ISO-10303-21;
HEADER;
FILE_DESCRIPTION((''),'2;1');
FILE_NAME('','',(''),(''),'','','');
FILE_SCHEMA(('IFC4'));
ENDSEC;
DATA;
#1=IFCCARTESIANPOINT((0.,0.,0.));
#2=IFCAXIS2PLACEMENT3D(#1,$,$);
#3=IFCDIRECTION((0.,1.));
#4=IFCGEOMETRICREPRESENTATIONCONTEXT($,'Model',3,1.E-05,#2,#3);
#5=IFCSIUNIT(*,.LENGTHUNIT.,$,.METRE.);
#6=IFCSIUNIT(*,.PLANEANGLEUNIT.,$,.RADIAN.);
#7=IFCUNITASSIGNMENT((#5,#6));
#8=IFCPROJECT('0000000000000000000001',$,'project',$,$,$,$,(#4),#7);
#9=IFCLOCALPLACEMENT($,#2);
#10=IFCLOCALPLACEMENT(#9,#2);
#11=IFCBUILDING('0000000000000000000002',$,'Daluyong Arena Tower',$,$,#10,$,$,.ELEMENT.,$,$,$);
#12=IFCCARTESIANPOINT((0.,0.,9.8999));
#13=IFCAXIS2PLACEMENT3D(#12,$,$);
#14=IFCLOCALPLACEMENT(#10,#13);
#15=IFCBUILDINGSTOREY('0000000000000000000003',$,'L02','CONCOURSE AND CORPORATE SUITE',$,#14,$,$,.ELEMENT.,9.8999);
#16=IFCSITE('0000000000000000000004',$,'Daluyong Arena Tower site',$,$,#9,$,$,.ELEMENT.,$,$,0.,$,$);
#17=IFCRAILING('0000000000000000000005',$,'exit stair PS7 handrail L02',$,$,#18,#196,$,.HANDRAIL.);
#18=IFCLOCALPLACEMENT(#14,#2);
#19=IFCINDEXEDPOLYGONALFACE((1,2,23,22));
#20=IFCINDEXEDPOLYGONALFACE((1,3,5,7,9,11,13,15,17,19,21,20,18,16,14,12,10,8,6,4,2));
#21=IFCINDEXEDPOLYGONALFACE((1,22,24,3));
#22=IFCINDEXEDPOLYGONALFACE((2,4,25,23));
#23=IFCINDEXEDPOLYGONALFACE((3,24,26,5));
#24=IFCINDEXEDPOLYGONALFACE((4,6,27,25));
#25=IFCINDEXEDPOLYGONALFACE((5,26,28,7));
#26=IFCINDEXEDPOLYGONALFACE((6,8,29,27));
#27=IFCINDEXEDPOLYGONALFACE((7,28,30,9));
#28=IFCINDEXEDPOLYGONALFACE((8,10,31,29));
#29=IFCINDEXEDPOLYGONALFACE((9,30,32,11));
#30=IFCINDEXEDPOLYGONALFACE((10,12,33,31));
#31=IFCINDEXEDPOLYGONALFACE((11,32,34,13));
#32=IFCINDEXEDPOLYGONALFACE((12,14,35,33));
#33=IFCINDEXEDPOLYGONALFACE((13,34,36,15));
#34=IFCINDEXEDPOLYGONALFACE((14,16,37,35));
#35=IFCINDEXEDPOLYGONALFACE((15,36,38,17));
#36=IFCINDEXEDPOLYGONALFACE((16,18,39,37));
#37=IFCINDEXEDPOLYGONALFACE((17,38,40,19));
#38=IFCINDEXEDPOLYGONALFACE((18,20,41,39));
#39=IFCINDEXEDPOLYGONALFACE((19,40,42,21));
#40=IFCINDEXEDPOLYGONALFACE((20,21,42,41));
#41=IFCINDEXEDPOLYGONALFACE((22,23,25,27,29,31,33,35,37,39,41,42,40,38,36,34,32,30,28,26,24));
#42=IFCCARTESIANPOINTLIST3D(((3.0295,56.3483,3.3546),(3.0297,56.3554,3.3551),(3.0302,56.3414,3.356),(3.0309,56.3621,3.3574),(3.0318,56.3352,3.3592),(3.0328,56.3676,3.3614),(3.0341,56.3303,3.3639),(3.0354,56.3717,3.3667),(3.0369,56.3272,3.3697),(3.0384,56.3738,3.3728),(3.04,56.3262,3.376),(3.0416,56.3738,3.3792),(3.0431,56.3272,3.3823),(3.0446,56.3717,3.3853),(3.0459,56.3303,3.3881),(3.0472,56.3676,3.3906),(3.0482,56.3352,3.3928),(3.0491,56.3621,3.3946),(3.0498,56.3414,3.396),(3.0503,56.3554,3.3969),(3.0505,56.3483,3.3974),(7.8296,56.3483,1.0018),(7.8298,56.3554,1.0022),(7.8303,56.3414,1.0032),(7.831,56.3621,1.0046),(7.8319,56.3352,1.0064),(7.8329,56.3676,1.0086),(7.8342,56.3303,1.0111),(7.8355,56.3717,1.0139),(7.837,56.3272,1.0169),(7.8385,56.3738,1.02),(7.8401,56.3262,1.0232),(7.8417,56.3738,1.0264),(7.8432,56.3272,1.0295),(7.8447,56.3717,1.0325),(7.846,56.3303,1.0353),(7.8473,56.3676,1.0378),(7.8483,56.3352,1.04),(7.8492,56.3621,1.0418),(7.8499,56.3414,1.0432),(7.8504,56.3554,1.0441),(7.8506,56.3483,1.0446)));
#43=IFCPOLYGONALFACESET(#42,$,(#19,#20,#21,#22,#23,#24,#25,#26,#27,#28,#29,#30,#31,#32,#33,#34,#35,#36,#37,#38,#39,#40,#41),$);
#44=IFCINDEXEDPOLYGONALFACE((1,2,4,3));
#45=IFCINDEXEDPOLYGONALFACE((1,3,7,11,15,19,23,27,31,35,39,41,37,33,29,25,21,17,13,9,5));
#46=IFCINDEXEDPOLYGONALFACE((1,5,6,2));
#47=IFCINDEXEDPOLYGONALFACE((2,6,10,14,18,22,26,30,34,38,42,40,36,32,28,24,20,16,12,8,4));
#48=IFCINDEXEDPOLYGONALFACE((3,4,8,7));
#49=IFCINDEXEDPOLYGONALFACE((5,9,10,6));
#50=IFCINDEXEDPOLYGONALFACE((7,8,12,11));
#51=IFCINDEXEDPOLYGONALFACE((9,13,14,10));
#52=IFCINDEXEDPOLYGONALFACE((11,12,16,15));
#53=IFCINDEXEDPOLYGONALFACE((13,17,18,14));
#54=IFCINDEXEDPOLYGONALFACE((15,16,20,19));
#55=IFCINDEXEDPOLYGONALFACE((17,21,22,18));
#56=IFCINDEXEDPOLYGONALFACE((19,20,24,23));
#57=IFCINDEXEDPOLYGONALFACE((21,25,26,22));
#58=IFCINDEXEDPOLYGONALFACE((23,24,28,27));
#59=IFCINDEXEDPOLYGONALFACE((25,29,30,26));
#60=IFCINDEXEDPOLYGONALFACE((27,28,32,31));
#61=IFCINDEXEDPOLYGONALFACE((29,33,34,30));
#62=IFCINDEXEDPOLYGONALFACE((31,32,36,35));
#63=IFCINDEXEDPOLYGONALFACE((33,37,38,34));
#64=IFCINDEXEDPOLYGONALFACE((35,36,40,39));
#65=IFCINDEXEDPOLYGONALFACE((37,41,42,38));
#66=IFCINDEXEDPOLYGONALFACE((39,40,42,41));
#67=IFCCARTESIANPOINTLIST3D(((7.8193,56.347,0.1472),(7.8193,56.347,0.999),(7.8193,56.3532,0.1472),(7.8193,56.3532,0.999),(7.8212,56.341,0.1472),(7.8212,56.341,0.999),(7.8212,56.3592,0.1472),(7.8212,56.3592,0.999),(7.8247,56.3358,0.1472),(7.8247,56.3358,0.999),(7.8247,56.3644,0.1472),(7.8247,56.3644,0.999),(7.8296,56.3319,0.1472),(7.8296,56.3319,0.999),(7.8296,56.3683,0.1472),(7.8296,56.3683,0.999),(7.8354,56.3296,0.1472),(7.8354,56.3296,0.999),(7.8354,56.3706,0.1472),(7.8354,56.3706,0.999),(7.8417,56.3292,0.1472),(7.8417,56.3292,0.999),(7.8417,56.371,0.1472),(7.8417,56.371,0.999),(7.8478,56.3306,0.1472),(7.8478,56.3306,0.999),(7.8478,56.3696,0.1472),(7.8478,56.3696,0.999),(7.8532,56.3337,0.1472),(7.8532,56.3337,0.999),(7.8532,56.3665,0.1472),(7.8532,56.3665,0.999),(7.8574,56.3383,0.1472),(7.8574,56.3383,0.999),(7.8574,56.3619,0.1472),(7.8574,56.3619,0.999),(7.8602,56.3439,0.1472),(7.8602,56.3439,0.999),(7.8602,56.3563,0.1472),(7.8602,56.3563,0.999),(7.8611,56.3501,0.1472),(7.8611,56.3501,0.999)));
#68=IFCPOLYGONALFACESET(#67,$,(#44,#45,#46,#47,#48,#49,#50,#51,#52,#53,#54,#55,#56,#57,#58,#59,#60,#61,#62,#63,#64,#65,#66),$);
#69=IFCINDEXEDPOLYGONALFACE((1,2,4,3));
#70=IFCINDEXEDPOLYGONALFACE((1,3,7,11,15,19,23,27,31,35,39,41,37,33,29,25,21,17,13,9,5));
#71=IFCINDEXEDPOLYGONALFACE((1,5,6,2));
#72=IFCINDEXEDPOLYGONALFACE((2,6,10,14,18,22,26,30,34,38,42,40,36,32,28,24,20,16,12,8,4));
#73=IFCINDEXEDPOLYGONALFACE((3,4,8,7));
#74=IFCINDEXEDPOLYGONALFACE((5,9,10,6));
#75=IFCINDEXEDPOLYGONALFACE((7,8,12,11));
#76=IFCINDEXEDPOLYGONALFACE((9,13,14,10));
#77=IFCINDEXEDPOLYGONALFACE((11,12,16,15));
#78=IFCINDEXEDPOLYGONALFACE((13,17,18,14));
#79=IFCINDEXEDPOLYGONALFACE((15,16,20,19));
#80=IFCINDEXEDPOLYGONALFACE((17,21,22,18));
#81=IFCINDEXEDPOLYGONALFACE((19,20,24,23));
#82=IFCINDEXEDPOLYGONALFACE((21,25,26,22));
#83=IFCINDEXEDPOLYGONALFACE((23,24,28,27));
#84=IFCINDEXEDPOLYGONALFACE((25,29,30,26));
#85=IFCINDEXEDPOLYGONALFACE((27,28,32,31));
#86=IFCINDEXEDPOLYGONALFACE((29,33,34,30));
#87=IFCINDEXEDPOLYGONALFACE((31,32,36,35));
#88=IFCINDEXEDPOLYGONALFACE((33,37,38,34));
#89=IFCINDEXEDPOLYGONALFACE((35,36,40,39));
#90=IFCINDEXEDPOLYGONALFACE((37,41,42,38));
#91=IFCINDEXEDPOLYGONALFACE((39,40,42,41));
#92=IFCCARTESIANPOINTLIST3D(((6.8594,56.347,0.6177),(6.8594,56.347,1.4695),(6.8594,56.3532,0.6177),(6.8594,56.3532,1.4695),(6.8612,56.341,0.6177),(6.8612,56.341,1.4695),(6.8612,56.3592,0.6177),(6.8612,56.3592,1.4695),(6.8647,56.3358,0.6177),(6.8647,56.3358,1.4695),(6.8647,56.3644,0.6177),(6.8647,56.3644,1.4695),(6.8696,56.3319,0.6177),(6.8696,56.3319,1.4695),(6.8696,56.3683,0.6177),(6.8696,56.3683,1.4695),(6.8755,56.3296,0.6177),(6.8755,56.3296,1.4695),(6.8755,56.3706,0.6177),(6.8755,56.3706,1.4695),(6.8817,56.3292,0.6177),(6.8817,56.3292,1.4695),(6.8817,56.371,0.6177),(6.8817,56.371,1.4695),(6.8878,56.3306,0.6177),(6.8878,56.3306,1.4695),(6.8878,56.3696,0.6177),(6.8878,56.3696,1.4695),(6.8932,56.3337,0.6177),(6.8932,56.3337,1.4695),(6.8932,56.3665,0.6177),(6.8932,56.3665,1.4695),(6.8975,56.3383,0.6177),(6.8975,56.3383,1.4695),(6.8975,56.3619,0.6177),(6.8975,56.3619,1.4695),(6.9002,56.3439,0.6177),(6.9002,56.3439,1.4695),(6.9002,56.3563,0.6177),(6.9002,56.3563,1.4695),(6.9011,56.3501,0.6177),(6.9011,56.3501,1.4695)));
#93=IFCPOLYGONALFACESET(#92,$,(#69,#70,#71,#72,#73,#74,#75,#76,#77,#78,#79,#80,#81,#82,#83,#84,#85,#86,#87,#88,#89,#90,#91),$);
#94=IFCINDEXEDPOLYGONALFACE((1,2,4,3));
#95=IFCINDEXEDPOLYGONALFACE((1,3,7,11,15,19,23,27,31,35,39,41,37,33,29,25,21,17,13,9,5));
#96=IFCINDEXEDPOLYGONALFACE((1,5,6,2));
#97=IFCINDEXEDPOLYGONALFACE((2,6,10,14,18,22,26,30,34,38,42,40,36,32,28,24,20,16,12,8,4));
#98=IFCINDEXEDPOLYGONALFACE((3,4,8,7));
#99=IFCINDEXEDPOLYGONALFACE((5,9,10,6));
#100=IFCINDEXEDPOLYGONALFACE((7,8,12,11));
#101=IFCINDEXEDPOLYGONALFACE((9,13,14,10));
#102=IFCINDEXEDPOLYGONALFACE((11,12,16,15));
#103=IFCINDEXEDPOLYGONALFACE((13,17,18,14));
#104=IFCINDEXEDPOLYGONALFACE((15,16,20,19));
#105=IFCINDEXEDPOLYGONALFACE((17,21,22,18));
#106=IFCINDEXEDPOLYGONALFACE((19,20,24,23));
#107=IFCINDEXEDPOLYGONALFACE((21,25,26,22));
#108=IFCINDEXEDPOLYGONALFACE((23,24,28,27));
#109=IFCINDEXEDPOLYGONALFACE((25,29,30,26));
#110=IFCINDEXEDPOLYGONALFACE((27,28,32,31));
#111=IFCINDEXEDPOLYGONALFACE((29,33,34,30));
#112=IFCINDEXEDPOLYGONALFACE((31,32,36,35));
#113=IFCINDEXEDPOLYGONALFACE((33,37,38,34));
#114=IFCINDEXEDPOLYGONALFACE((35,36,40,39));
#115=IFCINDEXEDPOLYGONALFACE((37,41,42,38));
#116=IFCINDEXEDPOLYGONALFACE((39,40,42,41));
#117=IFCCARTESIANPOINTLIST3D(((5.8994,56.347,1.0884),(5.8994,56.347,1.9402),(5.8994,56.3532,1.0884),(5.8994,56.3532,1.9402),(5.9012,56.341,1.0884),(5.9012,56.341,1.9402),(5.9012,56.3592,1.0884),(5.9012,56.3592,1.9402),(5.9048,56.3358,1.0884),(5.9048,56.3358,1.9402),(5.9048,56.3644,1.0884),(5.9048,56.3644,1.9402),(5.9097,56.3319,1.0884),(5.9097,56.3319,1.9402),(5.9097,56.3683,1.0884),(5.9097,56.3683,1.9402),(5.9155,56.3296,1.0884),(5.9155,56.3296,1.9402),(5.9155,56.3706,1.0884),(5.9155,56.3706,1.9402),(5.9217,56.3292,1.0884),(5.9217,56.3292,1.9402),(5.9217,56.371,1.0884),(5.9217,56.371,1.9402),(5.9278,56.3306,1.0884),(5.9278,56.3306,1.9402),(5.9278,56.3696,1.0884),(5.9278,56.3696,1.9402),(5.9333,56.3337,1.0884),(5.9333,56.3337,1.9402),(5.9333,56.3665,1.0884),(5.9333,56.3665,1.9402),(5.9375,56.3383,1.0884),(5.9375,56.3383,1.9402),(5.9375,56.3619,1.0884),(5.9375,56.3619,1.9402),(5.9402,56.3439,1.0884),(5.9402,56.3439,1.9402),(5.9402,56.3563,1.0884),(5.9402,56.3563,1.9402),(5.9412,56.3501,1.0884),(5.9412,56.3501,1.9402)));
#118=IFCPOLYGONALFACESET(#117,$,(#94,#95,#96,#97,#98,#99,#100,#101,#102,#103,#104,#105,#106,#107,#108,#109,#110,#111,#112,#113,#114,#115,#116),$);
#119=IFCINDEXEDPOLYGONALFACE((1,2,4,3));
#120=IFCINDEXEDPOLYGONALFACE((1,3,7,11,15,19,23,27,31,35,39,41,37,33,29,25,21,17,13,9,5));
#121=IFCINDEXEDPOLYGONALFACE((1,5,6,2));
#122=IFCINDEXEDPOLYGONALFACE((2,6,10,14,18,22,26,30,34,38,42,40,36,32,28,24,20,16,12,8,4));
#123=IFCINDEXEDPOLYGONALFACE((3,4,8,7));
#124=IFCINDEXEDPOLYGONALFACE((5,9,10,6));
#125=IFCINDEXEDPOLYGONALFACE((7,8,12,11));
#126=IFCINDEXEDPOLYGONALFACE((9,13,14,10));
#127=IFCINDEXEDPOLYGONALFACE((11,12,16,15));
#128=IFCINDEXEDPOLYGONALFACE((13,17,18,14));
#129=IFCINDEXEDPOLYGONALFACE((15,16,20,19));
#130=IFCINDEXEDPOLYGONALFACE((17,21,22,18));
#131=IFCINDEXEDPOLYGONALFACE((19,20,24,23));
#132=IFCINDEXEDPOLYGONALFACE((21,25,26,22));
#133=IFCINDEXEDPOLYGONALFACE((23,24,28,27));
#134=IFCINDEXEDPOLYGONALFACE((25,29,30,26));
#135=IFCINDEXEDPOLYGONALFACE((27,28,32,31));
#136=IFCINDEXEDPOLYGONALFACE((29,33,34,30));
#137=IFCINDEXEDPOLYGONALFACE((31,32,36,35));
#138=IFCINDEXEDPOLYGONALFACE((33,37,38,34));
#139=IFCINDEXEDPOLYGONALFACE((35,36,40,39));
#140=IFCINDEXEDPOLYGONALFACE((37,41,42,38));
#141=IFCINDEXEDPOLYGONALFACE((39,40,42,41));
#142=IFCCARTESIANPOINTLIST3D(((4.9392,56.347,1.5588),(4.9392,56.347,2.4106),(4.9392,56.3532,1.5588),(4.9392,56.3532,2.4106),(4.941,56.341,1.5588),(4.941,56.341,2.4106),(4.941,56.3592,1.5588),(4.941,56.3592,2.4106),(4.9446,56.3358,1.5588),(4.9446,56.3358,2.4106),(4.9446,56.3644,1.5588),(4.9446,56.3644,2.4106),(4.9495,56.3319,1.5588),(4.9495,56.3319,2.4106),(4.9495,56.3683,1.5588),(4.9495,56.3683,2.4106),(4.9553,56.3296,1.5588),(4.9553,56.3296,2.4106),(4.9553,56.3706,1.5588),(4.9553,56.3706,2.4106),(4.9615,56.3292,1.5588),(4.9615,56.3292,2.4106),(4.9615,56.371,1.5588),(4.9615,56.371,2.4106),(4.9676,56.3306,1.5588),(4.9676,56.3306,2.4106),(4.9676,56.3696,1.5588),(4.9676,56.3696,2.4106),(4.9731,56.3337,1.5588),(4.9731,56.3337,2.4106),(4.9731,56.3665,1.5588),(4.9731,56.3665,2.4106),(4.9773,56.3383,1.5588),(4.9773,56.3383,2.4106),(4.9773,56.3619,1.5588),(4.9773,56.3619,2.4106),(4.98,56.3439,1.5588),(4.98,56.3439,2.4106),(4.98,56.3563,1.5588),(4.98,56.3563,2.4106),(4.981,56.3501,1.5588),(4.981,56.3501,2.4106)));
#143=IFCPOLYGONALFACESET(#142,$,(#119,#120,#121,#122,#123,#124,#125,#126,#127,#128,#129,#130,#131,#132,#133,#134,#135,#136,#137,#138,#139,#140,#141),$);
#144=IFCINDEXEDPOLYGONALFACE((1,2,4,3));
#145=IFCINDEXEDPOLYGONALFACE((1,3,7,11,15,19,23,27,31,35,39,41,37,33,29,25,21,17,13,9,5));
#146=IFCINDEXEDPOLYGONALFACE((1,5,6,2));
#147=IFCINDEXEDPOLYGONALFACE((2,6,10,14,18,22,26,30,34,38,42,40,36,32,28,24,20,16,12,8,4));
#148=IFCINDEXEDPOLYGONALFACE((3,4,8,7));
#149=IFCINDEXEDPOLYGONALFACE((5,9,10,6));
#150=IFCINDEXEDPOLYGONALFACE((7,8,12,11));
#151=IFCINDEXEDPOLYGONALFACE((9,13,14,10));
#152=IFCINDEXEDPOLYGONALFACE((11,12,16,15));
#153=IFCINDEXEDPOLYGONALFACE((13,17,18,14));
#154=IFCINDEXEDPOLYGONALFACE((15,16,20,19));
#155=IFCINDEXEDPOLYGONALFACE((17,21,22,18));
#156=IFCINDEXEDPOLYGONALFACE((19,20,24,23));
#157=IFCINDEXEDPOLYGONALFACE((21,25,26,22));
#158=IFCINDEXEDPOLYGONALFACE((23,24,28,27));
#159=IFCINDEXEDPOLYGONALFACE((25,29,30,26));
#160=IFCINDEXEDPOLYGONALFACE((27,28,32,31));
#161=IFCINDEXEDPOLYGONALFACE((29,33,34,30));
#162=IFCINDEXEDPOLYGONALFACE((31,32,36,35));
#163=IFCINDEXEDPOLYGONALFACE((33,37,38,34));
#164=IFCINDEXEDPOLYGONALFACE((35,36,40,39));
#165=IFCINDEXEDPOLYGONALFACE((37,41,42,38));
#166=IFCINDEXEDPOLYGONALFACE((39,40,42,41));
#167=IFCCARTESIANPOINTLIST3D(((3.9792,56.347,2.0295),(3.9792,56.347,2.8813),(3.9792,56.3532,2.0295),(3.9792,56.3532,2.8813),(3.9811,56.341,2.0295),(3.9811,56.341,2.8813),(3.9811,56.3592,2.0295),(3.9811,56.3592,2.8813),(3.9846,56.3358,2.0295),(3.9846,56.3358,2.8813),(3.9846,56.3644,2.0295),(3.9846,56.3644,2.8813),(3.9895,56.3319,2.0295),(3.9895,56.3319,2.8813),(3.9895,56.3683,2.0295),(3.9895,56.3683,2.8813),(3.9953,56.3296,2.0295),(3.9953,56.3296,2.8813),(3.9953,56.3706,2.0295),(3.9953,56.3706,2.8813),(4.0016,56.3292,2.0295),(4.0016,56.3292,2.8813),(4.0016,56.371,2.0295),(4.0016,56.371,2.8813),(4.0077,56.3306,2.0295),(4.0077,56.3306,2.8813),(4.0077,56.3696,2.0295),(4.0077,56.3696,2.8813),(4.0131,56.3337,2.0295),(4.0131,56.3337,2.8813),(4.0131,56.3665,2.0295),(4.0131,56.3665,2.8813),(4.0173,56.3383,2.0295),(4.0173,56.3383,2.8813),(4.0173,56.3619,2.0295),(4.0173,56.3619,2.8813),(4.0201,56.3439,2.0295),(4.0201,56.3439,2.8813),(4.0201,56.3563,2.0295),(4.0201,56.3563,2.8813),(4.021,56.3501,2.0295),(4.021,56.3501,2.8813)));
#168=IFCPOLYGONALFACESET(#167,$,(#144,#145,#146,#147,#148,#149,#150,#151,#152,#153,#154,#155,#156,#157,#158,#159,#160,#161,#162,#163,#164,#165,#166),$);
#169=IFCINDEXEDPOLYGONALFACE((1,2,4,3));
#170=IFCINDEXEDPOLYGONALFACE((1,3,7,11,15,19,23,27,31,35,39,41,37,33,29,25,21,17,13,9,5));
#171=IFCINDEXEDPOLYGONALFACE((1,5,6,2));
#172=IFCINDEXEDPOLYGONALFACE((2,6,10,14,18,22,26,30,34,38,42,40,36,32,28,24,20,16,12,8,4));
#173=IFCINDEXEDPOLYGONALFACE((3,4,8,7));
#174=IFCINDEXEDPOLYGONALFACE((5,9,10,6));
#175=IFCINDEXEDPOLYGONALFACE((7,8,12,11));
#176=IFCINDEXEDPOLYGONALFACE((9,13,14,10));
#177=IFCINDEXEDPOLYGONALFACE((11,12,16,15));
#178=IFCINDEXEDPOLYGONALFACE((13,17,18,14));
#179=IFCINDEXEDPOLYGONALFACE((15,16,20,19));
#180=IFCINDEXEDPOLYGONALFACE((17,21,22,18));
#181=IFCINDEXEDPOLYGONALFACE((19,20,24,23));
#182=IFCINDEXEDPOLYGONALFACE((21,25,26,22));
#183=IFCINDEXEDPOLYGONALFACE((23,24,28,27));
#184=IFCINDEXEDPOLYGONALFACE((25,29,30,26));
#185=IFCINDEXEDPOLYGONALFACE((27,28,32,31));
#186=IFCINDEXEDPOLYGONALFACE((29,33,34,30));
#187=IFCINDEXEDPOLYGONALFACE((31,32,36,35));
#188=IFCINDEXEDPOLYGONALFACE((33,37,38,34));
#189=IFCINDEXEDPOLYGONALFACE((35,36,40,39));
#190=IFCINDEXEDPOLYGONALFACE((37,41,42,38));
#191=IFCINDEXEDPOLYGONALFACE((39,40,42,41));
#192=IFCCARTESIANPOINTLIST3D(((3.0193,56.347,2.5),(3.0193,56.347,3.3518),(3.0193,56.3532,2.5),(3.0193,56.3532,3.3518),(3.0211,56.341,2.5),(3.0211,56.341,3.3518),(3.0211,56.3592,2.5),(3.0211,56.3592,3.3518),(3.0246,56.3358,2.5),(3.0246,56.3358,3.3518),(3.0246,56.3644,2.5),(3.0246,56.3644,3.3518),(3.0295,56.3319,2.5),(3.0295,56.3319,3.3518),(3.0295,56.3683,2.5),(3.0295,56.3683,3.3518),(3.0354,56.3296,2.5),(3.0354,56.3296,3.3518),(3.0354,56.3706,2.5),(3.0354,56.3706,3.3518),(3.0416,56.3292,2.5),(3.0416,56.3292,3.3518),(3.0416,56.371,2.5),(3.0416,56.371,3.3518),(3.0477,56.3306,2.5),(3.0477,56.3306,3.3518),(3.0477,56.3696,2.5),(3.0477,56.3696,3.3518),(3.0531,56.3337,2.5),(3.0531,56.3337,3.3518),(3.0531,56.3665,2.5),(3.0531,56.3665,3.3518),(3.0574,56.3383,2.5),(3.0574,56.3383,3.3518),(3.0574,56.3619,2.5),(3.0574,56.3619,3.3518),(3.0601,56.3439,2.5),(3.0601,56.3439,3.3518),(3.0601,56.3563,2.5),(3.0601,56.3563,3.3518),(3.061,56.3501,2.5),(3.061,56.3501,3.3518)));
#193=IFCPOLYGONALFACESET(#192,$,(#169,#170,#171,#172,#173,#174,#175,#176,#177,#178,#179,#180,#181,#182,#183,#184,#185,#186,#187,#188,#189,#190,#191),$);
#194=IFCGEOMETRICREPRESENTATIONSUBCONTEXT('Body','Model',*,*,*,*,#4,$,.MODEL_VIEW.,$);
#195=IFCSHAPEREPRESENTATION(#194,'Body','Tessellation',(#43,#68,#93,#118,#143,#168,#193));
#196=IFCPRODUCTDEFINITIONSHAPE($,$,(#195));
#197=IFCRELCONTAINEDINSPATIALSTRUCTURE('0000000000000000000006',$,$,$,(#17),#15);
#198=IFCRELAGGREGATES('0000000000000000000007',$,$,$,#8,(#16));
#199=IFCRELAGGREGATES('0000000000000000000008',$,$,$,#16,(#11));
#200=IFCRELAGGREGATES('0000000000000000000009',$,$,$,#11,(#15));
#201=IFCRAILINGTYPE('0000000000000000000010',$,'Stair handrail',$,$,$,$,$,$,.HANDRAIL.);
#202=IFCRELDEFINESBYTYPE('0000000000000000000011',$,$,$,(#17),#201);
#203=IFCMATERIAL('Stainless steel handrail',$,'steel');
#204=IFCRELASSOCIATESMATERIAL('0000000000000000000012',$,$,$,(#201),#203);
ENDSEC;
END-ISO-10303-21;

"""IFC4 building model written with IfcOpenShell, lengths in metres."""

from ifc_helpers import new_model, si_unit, direction, frame, origin, origin_2d, place, context, subcontext, project, spatial, circle, extrude, material, type_object, element, save


model = new_model("IFC4")

# Units and contexts
model_context = context("Model", 3, precision=1e-05, world=origin(), true_north=direction((0.0, 1.0)))
body_context = subcontext(model_context, "Body", "Model", "MODEL_VIEW")
ifc_project = project(units=[si_unit("LENGTHUNIT", "METRE"), si_unit("PLANEANGLEUNIT", "RADIAN")], contexts=[model_context])

# Site, building, storey
site_placement = place(None, origin())
site = spatial("IfcSite", under=ifc_project, at=site_placement, Name="Daluyong Arena Tower site", CompositionType="ELEMENT", RefElevation=0.0)
building_placement = place(site_placement, origin())
building = spatial("IfcBuilding", under=site, at=building_placement, Name="Daluyong Arena Tower", CompositionType="ELEMENT")
storey_placement = place(building_placement, frame((0.0, 0.0, 9.8999)))
storey = spatial("IfcBuildingStorey", under=building, at=storey_placement, Name="L02", Description="CONCOURSE AND CORPORATE SUITE", CompositionType="ELEMENT", Elevation=9.8999)

# Railing
ifc_material_1 = material(Name="Stainless steel handrail", Category="steel")
railing_type_1 = type_object("IfcRailingType", Name="Stair handrail", PredefinedType="HANDRAIL", material=ifc_material_1)
railing_1_placement = place(storey_placement, frame((7.8401, 56.3501, 0.1472)))
element("IfcRailing", 1, at=railing_1_placement, inside=storey, type_object=railing_type_1, Name="exit stair PS7 handrail L02", PredefinedType="HANDRAIL", context=body_context, shape_type="SweptSolid", body=[
    extrude(circle(Radius=0.0239, at=origin_2d()), frame((0.0, 0.0, 0.876), z_axis=(-0.897934, 0.0, 0.44013), x_axis=(0.0, -1.0, 0.0)), (0.0, 0.0, 1.0), 5.3457),
    extrude(circle(Radius=0.021, at=origin_2d()), origin(), (0.0, 0.0, 1.0), 0.8518),
    extrude(circle(Radius=0.021, at=origin_2d()), frame((-0.96, 0.0, 0.4705)), (0.0, 0.0, 1.0), 0.8518),
    extrude(circle(Radius=0.021, at=origin_2d()), frame((-1.9199, 0.0, 0.9412)), (0.0, 0.0, 1.0), 0.8518),
    extrude(circle(Radius=0.021, at=origin_2d()), frame((-2.8801, 0.0, 1.4116)), (0.0, 0.0, 1.0), 0.8518),
    extrude(circle(Radius=0.021, at=origin_2d()), frame((-3.8401, 0.0, 1.8823)), (0.0, 0.0, 1.0), 0.8518),
    extrude(circle(Radius=0.021, at=origin_2d()), frame((-4.8, 0.0, 2.3528)), (0.0, 0.0, 1.0), 0.8518),
])

save(model, "model.ifc")
